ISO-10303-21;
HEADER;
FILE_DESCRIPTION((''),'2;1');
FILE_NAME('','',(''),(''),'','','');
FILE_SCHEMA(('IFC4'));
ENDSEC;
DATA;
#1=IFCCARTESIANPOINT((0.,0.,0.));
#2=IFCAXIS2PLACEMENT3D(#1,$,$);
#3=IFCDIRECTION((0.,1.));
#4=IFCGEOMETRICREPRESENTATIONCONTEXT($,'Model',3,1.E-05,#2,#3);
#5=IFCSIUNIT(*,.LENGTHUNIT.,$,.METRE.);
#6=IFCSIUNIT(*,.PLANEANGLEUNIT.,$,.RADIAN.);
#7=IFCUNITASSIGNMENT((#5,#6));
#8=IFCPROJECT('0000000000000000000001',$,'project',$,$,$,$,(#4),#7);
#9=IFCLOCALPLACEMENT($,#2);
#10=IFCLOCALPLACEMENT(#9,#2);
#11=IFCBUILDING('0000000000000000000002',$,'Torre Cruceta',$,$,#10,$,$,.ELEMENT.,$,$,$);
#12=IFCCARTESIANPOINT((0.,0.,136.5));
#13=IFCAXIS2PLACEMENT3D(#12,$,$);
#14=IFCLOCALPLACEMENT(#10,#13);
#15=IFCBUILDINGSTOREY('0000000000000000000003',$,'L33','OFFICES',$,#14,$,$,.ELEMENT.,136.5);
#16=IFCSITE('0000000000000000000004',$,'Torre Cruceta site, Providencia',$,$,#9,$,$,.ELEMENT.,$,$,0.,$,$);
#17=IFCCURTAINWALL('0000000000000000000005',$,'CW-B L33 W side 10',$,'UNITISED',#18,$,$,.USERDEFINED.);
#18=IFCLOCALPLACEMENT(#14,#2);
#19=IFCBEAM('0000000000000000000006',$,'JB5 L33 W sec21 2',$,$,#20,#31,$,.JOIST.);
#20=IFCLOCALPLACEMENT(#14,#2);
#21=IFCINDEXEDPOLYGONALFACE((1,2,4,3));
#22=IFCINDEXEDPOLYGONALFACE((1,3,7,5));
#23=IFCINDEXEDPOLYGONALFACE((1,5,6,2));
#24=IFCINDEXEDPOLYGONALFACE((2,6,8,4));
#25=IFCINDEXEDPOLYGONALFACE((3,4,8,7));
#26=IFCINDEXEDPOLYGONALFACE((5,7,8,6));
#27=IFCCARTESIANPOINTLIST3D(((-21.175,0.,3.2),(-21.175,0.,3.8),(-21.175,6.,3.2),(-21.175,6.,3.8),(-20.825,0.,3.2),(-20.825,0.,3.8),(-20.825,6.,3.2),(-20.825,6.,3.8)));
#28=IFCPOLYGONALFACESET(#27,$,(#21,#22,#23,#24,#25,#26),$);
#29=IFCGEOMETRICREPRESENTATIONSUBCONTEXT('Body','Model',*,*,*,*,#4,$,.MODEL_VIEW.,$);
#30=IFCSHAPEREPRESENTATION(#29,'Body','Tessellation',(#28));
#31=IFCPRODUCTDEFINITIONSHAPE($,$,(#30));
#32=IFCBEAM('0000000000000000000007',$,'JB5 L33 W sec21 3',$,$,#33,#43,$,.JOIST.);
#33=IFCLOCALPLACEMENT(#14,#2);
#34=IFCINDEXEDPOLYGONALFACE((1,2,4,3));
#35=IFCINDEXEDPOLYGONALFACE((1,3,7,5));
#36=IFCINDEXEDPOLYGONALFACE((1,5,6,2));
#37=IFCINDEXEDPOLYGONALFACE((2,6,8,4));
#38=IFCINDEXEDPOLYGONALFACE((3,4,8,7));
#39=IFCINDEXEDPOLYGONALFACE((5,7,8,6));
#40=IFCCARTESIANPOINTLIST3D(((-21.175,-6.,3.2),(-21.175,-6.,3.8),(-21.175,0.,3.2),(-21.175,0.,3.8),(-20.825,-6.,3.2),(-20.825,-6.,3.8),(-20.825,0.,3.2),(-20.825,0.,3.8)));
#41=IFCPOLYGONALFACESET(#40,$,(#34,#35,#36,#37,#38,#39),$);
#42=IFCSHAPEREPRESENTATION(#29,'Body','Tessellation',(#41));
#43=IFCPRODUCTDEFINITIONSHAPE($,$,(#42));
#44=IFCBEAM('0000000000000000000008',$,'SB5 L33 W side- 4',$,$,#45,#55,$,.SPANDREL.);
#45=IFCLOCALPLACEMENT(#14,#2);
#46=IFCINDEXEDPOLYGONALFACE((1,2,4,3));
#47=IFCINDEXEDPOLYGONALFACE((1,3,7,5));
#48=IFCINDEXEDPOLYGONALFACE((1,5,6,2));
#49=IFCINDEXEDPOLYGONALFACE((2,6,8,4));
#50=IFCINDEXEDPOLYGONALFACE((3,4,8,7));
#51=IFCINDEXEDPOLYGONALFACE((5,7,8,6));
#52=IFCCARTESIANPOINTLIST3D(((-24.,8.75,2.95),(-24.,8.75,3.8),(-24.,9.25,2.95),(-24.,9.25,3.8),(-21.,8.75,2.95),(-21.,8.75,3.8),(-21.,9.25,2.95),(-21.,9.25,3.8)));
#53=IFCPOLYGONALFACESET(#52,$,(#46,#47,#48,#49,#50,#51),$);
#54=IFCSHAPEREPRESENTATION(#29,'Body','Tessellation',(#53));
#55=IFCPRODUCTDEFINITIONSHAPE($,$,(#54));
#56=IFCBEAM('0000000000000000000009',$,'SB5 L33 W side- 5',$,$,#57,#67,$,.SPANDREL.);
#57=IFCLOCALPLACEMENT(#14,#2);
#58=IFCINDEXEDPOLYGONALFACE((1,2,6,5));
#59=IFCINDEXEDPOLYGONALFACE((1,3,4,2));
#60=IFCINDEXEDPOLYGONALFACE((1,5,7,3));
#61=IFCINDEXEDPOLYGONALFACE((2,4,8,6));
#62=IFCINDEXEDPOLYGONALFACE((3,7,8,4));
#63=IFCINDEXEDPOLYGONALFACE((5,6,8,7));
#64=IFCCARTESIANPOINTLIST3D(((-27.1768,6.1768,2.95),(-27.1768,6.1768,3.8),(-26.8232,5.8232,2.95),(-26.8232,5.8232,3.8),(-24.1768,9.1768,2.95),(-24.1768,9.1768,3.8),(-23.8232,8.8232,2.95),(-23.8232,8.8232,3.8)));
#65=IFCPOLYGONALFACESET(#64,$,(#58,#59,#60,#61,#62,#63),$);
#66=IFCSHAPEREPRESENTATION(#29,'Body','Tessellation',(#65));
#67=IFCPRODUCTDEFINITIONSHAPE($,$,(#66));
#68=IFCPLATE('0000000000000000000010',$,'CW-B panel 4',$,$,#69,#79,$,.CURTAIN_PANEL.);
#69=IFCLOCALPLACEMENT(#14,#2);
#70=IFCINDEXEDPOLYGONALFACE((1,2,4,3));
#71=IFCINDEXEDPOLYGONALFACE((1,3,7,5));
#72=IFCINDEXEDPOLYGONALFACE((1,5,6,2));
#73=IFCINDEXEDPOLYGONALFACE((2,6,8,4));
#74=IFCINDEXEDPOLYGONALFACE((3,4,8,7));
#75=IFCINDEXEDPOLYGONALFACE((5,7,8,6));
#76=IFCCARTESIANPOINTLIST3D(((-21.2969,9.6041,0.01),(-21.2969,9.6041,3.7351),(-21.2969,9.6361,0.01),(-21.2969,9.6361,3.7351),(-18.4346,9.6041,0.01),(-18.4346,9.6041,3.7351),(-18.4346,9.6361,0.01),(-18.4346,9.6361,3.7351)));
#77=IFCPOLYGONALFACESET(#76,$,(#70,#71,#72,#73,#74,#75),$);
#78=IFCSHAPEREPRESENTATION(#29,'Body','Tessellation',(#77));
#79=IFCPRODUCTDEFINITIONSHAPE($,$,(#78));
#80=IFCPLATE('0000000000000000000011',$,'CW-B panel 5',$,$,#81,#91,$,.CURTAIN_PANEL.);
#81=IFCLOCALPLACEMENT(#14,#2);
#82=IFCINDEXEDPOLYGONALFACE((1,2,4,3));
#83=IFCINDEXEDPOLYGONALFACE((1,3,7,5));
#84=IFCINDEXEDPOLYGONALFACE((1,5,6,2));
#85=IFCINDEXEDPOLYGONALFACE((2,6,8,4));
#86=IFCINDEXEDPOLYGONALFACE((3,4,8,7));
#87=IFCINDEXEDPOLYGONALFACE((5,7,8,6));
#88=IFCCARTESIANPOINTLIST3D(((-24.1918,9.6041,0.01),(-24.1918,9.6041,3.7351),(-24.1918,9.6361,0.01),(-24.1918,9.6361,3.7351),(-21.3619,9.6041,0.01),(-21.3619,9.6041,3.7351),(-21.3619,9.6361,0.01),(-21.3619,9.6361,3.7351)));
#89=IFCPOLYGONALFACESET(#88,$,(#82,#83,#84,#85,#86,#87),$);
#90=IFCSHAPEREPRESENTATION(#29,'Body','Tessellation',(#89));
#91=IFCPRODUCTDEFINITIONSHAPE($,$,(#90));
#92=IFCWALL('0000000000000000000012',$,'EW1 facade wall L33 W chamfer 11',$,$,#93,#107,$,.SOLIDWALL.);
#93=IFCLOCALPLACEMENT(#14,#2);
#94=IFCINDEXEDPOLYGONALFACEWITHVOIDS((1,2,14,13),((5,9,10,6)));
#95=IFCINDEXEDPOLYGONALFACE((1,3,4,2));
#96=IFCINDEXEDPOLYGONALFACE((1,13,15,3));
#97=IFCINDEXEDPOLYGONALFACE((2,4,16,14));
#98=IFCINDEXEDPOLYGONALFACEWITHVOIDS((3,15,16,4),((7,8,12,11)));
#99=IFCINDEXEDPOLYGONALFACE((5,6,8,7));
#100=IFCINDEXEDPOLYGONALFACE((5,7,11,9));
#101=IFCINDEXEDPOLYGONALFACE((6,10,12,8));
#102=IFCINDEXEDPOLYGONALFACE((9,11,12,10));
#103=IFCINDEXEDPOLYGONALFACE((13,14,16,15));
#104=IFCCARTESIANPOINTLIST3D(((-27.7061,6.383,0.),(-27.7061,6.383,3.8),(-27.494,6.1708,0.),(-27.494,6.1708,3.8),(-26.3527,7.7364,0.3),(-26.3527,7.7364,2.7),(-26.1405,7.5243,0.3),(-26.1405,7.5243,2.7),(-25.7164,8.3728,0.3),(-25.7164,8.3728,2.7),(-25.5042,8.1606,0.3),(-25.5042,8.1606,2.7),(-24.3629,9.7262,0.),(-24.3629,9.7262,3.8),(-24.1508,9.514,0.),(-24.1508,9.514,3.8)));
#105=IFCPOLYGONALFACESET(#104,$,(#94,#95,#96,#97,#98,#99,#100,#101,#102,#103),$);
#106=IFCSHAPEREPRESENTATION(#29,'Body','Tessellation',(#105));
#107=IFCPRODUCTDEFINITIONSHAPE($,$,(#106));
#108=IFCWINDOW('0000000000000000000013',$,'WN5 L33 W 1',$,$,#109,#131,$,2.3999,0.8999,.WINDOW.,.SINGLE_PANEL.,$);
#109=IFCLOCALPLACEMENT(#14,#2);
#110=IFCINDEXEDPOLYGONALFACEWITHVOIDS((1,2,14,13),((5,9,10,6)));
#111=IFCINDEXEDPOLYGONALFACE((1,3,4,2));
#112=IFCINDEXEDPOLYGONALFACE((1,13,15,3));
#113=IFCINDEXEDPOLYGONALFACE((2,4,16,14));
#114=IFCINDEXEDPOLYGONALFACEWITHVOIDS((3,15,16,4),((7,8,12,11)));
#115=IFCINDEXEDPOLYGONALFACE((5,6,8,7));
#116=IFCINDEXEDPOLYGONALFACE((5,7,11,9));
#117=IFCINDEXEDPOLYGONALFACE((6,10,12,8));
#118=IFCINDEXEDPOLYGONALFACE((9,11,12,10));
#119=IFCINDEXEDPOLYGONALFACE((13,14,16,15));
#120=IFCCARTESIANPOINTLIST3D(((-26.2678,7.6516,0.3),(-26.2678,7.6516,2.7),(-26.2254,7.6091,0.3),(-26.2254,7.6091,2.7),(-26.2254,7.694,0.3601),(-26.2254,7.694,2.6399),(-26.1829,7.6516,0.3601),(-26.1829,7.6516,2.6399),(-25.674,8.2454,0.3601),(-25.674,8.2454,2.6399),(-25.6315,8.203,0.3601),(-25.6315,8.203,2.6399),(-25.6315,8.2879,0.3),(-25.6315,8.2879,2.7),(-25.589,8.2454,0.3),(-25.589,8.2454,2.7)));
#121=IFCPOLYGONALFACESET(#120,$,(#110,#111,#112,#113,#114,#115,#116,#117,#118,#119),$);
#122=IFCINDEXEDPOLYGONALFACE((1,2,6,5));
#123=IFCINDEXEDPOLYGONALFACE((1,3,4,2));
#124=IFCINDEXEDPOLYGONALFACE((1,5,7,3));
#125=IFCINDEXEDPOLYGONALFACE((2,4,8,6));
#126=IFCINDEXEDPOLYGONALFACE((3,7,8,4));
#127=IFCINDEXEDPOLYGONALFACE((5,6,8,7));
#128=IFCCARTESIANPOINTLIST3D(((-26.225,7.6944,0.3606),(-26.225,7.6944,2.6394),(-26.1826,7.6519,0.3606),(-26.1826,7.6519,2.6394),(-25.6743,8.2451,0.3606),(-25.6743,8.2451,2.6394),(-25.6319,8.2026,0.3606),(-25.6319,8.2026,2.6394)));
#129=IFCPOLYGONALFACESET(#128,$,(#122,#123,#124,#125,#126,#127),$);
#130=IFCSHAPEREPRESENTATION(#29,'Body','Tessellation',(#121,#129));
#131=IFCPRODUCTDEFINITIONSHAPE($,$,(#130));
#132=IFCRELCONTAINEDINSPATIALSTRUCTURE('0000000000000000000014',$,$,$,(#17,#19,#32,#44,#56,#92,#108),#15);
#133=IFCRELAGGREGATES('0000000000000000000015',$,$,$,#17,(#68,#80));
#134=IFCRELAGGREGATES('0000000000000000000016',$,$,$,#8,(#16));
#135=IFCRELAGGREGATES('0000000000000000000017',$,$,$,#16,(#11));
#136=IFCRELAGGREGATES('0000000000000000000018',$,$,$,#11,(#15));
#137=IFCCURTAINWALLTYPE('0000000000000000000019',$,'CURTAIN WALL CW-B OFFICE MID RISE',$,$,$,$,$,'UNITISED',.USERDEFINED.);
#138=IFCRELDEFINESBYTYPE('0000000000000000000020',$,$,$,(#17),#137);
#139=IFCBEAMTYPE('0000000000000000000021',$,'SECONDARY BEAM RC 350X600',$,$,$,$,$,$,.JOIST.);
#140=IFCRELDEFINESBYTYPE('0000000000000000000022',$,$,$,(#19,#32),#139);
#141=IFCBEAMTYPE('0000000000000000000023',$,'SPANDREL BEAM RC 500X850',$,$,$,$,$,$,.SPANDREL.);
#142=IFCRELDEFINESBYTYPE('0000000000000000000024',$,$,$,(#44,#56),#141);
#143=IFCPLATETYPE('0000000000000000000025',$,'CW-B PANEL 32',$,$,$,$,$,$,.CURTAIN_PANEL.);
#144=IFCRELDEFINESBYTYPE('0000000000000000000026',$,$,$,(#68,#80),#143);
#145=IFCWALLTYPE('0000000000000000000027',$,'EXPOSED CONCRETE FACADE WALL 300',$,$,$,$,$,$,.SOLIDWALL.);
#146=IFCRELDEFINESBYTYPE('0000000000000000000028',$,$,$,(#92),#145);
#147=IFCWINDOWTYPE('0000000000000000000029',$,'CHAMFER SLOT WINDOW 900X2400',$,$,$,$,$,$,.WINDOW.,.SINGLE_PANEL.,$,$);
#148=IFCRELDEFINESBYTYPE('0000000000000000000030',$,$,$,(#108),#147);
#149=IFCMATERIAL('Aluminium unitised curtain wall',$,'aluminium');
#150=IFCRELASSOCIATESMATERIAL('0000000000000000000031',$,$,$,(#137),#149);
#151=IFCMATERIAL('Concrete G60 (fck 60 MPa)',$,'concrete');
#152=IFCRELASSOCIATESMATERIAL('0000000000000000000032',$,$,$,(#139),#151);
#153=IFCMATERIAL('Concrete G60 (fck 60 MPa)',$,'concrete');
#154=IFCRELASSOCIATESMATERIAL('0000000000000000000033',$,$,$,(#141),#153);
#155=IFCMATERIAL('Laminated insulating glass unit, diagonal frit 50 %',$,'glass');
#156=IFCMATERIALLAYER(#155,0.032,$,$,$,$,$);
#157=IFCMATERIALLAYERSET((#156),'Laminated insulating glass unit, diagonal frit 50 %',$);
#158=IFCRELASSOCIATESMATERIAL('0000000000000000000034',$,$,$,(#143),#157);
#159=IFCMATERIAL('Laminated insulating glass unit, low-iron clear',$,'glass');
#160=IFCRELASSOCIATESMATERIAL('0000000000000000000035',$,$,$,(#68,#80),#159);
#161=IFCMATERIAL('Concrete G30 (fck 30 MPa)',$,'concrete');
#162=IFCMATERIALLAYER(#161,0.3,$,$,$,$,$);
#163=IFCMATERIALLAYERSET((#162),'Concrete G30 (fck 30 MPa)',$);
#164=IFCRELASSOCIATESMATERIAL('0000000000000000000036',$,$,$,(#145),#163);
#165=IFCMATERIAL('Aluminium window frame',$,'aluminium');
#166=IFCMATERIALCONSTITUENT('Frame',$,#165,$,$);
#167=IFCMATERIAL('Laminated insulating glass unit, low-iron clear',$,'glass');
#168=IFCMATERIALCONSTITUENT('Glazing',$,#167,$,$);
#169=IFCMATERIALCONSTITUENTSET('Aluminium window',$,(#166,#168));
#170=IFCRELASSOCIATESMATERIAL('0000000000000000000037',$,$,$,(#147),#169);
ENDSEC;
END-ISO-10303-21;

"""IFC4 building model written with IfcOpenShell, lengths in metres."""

from ifc_helpers import new_model, si_unit, direction, frame, frame_2d, origin, origin_2d, place, context, subcontext, project, spatial, rectangle, hollow_rectangle, extrude, material, layer, layer_set, constituent, constituent_set, material_profile, profile_set, type_object, element, fill, aggregate, save


model = new_model("IFC4")

# Units and contexts
model_context = context("Model", 3, precision=1e-05, world=origin(), true_north=direction((0.0, 1.0)))
body_context = subcontext(model_context, "Body", "Model", "MODEL_VIEW")
ifc_project = project(units=[si_unit("LENGTHUNIT", "METRE"), si_unit("PLANEANGLEUNIT", "RADIAN")], contexts=[model_context])

# Site, building, storey
site_placement = place(None, origin())
site = spatial("IfcSite", under=ifc_project, at=site_placement, Name="Torre Cruceta site, Providencia", CompositionType="ELEMENT", RefElevation=0.0)
building_placement = place(site_placement, origin())
building = spatial("IfcBuilding", under=site, at=building_placement, Name="Torre Cruceta", CompositionType="ELEMENT")
storey_placement = place(building_placement, frame((0.0, 0.0, 136.5)))
storey = spatial("IfcBuildingStorey", under=building, at=storey_placement, Name="L33", Description="OFFICES", CompositionType="ELEMENT", Elevation=136.5)

# Curtain wall
ifc_material_1 = material(Name="Aluminium unitised curtain wall", Category="aluminium")
curtain_wall_type = type_object("IfcCurtainWallType", Name="CURTAIN WALL CW-B OFFICE MID RISE", ElementType="UNITISED", PredefinedType="USERDEFINED", material=ifc_material_1)
curtain_wall_placement = place(storey_placement, origin())
curtain_wall = element("IfcCurtainWall", 1, at=curtain_wall_placement, inside=storey, type_object=curtain_wall_type, Name="CW-B L33 W side 10", ObjectType="UNITISED", PredefinedType="USERDEFINED")

# Beams
ifc_material_2 = material(Name="Concrete G60 (fck 60 MPa)", Category="concrete")
ifc_material_profile_1 = material_profile(ifc_material_2, rectangle(XDim=0.3501, YDim=0.6001, at=origin_2d()), Name="RC 350X600")
ifc_profile_set_1 = profile_set([ifc_material_profile_1], Name="Concrete G60 (fck 60 MPa)")
beam_type_1 = type_object("IfcBeamType", Name="SECONDARY BEAM RC 350X600", PredefinedType="JOIST", material=ifc_profile_set_1)
for number, where, z_axis, x_axis, name in (
    (2, (-21.0, 6.0, 3.5), (0.0, -1.0, 0.0), (1.0, 0.0, 0.0), "JB5 L33 W sec21 2"),
    (3, (-21.0, 0.0, 3.5), (0.0, -1.0, 0.0), (1.0, 0.0, 0.0), "JB5 L33 W sec21 3"),
):
    element("IfcBeam", number, at=place(storey_placement, frame(where, z_axis=z_axis, x_axis=x_axis)), inside=storey, type_object=beam_type_1, Name=name, PredefinedType="JOIST", context=body_context, shape_type="SweptSolid", body=[
        extrude(rectangle(XDim=0.3501, YDim=0.6001, at=origin_2d()), origin(), (0.0, 0.0, 1.0), 6.0),
    ])
ifc_material_3 = material(Name="Concrete G60 (fck 60 MPa)", Category="concrete")
ifc_material_profile_2 = material_profile(ifc_material_3, rectangle(XDim=0.5, YDim=0.8501, at=origin_2d()), Name="RC 500X850")
ifc_profile_set_2 = profile_set([ifc_material_profile_2], Name="Concrete G60 (fck 60 MPa)")
beam_type_2 = type_object("IfcBeamType", Name="SPANDREL BEAM RC 500X850", PredefinedType="SPANDREL", material=ifc_profile_set_2)
beam_1_placement = place(storey_placement, frame((-21.0, 9.0, 3.375), z_axis=(-1.0, 0.0, 0.0), x_axis=(0.0, -1.0, 0.0)))
element("IfcBeam", 4, at=beam_1_placement, inside=storey, type_object=beam_type_2, Name="SB5 L33 W side- 4", PredefinedType="SPANDREL", context=body_context, shape_type="SweptSolid", body=[
    extrude(rectangle(XDim=0.5, YDim=0.8501, at=origin_2d()), origin(), (0.0, 0.0, 1.0), 3.0),
])
beam_2_placement = place(storey_placement, frame((-24.0, 9.0, 3.375), z_axis=(-0.707107, -0.707107, 0.0), x_axis=(0.707107, -0.707107, 0.0)))
element("IfcBeam", 5, at=beam_2_placement, inside=storey, type_object=beam_type_2, Name="SB5 L33 W side- 5", PredefinedType="SPANDREL", context=body_context, shape_type="SweptSolid", body=[
    extrude(rectangle(XDim=0.5, YDim=0.8501, at=origin_2d()), origin(), (0.0, 0.0, 1.0), 4.2427),
])

# Plates
ifc_material_4 = material(Name="Laminated insulating glass unit, low-iron clear", Category="glass")
ifc_material_5 = material(Name="Laminated insulating glass unit, diagonal frit 50 %", Category="glass")
ifc_layer_1 = layer(ifc_material_5, 0.032)
ifc_layer_set_1 = layer_set([ifc_layer_1], Name="Laminated insulating glass unit, diagonal frit 50 %")
plate_type = type_object("IfcPlateType", Name="CW-B PANEL 32", PredefinedType="CURTAIN_PANEL", material=ifc_layer_set_1)
plate_1_placement = place(storey_placement, frame((-19.8657, 9.6201, 0.01), z_axis=(0.0, 0.0, 1.0), x_axis=(-1.0, 0.0, 0.0)))
plate_1 = element("IfcPlate", 6, at=plate_1_placement, type_object=plate_type, material=ifc_material_4, Name="CW-B panel 4", PredefinedType="CURTAIN_PANEL", context=body_context, shape_type="SweptSolid", body=[
    extrude(rectangle(XDim=2.8623, YDim=0.032, at=origin_2d()), origin(), (0.0, 0.0, 1.0), 3.7251),
])
plate_2_placement = place(storey_placement, frame((-22.7769, 9.6201, 0.01), z_axis=(0.0, 0.0, 1.0), x_axis=(-1.0, 0.0, 0.0)))
plate_2 = element("IfcPlate", 7, at=plate_2_placement, type_object=plate_type, material=ifc_material_4, Name="CW-B panel 5", PredefinedType="CURTAIN_PANEL", context=body_context, shape_type="SweptSolid", body=[
    extrude(rectangle(XDim=2.8298, YDim=0.032, at=origin_2d()), origin(), (0.0, 0.0, 1.0), 3.7251),
])
aggregate(curtain_wall, [plate_1, plate_2])

# Wall, opening, window
ifc_material_6 = material(Name="Concrete G30 (fck 30 MPa)", Category="concrete")
ifc_layer_2 = layer(ifc_material_6, 0.3)
ifc_layer_set_2 = layer_set([ifc_layer_2], Name="Concrete G30 (fck 30 MPa)")
wall_type_1 = type_object("IfcWallType", Name="EXPOSED CONCRETE FACADE WALL 300", PredefinedType="SOLIDWALL", material=ifc_layer_set_2)
wall_1_placement = place(storey_placement, frame((-24.2568, 9.6201, 0.0), z_axis=(0.0, 0.0, 1.0), x_axis=(-0.707107, -0.707107, 0.0)))
wall_1 = element("IfcWall", 8, at=wall_1_placement, inside=storey, type_object=wall_type_1, Name="EW1 facade wall L33 W chamfer 11", PredefinedType="SOLIDWALL", context=body_context, shape_type="SweptSolid", body=[
    extrude(rectangle(XDim=4.728, YDim=0.3, at=frame_2d((2.364, 0.0))), origin(), (0.0, 0.0, 1.0), 3.8),
])
opening_1_placement = place(wall_1_placement, frame((1.9141, 0.0, 0.3)))
opening_1 = element("IfcOpeningElement", 9, at=opening_1_placement, cuts=wall_1, PredefinedType="OPENING", context=body_context, shape_type="SweptSolid", body=[
    extrude(rectangle(XDim=0.8999, YDim=2.3999, at=frame_2d((0.45, 1.2))), frame((0.0, 0.1599, 0.0), z_axis=(0.0, -1.0, 0.0), x_axis=(1.0, 0.0, 0.0)), (0.0, 0.0, 1.0), 0.3201),
])
ifc_material_7 = material(Name="Aluminium window frame", Category="aluminium")
ifc_constituent_1 = constituent(ifc_material_7, Name="Frame")
ifc_material_8 = material(Name="Laminated insulating glass unit, low-iron clear", Category="glass")
ifc_constituent_2 = constituent(ifc_material_8, Name="Glazing")
ifc_constituent_set_1 = constituent_set(constituents=[ifc_constituent_1, ifc_constituent_2], Name="Aluminium window")
window_type_1 = type_object("IfcWindowType", Name="CHAMFER SLOT WINDOW 900X2400", PartitioningType="SINGLE_PANEL", PredefinedType="WINDOW", material=ifc_constituent_set_1)
window_1_placement = place(opening_1_placement, origin())
window_1 = element("IfcWindow", 10, at=window_1_placement, inside=storey, type_object=window_type_1, Name="WN5 L33 W 1", OverallHeight=2.3999, OverallWidth=0.8999, PartitioningType="SINGLE_PANEL", PredefinedType="WINDOW", context=body_context, shape_type="SweptSolid", body=[
    extrude(hollow_rectangle(XDim=0.8999, YDim=2.3999, WallThickness=0.0601, at=frame_2d((0.45, 1.2))), frame((0.0, 0.03, 0.0), z_axis=(0.0, -1.0, 0.0), x_axis=(1.0, 0.0, 0.0)), (0.0, 0.0, 1.0), 0.0601),
    extrude(rectangle(XDim=0.7788, YDim=2.2788, at=frame_2d((0.45, 1.2))), frame((0.0, 0.03, 0.0), z_axis=(0.0, -1.0, 0.0), x_axis=(1.0, 0.0, 0.0)), (0.0, 0.0, 1.0), 0.0601),
])
fill(opening_1, window_1)

save(model, "model.ifc")
